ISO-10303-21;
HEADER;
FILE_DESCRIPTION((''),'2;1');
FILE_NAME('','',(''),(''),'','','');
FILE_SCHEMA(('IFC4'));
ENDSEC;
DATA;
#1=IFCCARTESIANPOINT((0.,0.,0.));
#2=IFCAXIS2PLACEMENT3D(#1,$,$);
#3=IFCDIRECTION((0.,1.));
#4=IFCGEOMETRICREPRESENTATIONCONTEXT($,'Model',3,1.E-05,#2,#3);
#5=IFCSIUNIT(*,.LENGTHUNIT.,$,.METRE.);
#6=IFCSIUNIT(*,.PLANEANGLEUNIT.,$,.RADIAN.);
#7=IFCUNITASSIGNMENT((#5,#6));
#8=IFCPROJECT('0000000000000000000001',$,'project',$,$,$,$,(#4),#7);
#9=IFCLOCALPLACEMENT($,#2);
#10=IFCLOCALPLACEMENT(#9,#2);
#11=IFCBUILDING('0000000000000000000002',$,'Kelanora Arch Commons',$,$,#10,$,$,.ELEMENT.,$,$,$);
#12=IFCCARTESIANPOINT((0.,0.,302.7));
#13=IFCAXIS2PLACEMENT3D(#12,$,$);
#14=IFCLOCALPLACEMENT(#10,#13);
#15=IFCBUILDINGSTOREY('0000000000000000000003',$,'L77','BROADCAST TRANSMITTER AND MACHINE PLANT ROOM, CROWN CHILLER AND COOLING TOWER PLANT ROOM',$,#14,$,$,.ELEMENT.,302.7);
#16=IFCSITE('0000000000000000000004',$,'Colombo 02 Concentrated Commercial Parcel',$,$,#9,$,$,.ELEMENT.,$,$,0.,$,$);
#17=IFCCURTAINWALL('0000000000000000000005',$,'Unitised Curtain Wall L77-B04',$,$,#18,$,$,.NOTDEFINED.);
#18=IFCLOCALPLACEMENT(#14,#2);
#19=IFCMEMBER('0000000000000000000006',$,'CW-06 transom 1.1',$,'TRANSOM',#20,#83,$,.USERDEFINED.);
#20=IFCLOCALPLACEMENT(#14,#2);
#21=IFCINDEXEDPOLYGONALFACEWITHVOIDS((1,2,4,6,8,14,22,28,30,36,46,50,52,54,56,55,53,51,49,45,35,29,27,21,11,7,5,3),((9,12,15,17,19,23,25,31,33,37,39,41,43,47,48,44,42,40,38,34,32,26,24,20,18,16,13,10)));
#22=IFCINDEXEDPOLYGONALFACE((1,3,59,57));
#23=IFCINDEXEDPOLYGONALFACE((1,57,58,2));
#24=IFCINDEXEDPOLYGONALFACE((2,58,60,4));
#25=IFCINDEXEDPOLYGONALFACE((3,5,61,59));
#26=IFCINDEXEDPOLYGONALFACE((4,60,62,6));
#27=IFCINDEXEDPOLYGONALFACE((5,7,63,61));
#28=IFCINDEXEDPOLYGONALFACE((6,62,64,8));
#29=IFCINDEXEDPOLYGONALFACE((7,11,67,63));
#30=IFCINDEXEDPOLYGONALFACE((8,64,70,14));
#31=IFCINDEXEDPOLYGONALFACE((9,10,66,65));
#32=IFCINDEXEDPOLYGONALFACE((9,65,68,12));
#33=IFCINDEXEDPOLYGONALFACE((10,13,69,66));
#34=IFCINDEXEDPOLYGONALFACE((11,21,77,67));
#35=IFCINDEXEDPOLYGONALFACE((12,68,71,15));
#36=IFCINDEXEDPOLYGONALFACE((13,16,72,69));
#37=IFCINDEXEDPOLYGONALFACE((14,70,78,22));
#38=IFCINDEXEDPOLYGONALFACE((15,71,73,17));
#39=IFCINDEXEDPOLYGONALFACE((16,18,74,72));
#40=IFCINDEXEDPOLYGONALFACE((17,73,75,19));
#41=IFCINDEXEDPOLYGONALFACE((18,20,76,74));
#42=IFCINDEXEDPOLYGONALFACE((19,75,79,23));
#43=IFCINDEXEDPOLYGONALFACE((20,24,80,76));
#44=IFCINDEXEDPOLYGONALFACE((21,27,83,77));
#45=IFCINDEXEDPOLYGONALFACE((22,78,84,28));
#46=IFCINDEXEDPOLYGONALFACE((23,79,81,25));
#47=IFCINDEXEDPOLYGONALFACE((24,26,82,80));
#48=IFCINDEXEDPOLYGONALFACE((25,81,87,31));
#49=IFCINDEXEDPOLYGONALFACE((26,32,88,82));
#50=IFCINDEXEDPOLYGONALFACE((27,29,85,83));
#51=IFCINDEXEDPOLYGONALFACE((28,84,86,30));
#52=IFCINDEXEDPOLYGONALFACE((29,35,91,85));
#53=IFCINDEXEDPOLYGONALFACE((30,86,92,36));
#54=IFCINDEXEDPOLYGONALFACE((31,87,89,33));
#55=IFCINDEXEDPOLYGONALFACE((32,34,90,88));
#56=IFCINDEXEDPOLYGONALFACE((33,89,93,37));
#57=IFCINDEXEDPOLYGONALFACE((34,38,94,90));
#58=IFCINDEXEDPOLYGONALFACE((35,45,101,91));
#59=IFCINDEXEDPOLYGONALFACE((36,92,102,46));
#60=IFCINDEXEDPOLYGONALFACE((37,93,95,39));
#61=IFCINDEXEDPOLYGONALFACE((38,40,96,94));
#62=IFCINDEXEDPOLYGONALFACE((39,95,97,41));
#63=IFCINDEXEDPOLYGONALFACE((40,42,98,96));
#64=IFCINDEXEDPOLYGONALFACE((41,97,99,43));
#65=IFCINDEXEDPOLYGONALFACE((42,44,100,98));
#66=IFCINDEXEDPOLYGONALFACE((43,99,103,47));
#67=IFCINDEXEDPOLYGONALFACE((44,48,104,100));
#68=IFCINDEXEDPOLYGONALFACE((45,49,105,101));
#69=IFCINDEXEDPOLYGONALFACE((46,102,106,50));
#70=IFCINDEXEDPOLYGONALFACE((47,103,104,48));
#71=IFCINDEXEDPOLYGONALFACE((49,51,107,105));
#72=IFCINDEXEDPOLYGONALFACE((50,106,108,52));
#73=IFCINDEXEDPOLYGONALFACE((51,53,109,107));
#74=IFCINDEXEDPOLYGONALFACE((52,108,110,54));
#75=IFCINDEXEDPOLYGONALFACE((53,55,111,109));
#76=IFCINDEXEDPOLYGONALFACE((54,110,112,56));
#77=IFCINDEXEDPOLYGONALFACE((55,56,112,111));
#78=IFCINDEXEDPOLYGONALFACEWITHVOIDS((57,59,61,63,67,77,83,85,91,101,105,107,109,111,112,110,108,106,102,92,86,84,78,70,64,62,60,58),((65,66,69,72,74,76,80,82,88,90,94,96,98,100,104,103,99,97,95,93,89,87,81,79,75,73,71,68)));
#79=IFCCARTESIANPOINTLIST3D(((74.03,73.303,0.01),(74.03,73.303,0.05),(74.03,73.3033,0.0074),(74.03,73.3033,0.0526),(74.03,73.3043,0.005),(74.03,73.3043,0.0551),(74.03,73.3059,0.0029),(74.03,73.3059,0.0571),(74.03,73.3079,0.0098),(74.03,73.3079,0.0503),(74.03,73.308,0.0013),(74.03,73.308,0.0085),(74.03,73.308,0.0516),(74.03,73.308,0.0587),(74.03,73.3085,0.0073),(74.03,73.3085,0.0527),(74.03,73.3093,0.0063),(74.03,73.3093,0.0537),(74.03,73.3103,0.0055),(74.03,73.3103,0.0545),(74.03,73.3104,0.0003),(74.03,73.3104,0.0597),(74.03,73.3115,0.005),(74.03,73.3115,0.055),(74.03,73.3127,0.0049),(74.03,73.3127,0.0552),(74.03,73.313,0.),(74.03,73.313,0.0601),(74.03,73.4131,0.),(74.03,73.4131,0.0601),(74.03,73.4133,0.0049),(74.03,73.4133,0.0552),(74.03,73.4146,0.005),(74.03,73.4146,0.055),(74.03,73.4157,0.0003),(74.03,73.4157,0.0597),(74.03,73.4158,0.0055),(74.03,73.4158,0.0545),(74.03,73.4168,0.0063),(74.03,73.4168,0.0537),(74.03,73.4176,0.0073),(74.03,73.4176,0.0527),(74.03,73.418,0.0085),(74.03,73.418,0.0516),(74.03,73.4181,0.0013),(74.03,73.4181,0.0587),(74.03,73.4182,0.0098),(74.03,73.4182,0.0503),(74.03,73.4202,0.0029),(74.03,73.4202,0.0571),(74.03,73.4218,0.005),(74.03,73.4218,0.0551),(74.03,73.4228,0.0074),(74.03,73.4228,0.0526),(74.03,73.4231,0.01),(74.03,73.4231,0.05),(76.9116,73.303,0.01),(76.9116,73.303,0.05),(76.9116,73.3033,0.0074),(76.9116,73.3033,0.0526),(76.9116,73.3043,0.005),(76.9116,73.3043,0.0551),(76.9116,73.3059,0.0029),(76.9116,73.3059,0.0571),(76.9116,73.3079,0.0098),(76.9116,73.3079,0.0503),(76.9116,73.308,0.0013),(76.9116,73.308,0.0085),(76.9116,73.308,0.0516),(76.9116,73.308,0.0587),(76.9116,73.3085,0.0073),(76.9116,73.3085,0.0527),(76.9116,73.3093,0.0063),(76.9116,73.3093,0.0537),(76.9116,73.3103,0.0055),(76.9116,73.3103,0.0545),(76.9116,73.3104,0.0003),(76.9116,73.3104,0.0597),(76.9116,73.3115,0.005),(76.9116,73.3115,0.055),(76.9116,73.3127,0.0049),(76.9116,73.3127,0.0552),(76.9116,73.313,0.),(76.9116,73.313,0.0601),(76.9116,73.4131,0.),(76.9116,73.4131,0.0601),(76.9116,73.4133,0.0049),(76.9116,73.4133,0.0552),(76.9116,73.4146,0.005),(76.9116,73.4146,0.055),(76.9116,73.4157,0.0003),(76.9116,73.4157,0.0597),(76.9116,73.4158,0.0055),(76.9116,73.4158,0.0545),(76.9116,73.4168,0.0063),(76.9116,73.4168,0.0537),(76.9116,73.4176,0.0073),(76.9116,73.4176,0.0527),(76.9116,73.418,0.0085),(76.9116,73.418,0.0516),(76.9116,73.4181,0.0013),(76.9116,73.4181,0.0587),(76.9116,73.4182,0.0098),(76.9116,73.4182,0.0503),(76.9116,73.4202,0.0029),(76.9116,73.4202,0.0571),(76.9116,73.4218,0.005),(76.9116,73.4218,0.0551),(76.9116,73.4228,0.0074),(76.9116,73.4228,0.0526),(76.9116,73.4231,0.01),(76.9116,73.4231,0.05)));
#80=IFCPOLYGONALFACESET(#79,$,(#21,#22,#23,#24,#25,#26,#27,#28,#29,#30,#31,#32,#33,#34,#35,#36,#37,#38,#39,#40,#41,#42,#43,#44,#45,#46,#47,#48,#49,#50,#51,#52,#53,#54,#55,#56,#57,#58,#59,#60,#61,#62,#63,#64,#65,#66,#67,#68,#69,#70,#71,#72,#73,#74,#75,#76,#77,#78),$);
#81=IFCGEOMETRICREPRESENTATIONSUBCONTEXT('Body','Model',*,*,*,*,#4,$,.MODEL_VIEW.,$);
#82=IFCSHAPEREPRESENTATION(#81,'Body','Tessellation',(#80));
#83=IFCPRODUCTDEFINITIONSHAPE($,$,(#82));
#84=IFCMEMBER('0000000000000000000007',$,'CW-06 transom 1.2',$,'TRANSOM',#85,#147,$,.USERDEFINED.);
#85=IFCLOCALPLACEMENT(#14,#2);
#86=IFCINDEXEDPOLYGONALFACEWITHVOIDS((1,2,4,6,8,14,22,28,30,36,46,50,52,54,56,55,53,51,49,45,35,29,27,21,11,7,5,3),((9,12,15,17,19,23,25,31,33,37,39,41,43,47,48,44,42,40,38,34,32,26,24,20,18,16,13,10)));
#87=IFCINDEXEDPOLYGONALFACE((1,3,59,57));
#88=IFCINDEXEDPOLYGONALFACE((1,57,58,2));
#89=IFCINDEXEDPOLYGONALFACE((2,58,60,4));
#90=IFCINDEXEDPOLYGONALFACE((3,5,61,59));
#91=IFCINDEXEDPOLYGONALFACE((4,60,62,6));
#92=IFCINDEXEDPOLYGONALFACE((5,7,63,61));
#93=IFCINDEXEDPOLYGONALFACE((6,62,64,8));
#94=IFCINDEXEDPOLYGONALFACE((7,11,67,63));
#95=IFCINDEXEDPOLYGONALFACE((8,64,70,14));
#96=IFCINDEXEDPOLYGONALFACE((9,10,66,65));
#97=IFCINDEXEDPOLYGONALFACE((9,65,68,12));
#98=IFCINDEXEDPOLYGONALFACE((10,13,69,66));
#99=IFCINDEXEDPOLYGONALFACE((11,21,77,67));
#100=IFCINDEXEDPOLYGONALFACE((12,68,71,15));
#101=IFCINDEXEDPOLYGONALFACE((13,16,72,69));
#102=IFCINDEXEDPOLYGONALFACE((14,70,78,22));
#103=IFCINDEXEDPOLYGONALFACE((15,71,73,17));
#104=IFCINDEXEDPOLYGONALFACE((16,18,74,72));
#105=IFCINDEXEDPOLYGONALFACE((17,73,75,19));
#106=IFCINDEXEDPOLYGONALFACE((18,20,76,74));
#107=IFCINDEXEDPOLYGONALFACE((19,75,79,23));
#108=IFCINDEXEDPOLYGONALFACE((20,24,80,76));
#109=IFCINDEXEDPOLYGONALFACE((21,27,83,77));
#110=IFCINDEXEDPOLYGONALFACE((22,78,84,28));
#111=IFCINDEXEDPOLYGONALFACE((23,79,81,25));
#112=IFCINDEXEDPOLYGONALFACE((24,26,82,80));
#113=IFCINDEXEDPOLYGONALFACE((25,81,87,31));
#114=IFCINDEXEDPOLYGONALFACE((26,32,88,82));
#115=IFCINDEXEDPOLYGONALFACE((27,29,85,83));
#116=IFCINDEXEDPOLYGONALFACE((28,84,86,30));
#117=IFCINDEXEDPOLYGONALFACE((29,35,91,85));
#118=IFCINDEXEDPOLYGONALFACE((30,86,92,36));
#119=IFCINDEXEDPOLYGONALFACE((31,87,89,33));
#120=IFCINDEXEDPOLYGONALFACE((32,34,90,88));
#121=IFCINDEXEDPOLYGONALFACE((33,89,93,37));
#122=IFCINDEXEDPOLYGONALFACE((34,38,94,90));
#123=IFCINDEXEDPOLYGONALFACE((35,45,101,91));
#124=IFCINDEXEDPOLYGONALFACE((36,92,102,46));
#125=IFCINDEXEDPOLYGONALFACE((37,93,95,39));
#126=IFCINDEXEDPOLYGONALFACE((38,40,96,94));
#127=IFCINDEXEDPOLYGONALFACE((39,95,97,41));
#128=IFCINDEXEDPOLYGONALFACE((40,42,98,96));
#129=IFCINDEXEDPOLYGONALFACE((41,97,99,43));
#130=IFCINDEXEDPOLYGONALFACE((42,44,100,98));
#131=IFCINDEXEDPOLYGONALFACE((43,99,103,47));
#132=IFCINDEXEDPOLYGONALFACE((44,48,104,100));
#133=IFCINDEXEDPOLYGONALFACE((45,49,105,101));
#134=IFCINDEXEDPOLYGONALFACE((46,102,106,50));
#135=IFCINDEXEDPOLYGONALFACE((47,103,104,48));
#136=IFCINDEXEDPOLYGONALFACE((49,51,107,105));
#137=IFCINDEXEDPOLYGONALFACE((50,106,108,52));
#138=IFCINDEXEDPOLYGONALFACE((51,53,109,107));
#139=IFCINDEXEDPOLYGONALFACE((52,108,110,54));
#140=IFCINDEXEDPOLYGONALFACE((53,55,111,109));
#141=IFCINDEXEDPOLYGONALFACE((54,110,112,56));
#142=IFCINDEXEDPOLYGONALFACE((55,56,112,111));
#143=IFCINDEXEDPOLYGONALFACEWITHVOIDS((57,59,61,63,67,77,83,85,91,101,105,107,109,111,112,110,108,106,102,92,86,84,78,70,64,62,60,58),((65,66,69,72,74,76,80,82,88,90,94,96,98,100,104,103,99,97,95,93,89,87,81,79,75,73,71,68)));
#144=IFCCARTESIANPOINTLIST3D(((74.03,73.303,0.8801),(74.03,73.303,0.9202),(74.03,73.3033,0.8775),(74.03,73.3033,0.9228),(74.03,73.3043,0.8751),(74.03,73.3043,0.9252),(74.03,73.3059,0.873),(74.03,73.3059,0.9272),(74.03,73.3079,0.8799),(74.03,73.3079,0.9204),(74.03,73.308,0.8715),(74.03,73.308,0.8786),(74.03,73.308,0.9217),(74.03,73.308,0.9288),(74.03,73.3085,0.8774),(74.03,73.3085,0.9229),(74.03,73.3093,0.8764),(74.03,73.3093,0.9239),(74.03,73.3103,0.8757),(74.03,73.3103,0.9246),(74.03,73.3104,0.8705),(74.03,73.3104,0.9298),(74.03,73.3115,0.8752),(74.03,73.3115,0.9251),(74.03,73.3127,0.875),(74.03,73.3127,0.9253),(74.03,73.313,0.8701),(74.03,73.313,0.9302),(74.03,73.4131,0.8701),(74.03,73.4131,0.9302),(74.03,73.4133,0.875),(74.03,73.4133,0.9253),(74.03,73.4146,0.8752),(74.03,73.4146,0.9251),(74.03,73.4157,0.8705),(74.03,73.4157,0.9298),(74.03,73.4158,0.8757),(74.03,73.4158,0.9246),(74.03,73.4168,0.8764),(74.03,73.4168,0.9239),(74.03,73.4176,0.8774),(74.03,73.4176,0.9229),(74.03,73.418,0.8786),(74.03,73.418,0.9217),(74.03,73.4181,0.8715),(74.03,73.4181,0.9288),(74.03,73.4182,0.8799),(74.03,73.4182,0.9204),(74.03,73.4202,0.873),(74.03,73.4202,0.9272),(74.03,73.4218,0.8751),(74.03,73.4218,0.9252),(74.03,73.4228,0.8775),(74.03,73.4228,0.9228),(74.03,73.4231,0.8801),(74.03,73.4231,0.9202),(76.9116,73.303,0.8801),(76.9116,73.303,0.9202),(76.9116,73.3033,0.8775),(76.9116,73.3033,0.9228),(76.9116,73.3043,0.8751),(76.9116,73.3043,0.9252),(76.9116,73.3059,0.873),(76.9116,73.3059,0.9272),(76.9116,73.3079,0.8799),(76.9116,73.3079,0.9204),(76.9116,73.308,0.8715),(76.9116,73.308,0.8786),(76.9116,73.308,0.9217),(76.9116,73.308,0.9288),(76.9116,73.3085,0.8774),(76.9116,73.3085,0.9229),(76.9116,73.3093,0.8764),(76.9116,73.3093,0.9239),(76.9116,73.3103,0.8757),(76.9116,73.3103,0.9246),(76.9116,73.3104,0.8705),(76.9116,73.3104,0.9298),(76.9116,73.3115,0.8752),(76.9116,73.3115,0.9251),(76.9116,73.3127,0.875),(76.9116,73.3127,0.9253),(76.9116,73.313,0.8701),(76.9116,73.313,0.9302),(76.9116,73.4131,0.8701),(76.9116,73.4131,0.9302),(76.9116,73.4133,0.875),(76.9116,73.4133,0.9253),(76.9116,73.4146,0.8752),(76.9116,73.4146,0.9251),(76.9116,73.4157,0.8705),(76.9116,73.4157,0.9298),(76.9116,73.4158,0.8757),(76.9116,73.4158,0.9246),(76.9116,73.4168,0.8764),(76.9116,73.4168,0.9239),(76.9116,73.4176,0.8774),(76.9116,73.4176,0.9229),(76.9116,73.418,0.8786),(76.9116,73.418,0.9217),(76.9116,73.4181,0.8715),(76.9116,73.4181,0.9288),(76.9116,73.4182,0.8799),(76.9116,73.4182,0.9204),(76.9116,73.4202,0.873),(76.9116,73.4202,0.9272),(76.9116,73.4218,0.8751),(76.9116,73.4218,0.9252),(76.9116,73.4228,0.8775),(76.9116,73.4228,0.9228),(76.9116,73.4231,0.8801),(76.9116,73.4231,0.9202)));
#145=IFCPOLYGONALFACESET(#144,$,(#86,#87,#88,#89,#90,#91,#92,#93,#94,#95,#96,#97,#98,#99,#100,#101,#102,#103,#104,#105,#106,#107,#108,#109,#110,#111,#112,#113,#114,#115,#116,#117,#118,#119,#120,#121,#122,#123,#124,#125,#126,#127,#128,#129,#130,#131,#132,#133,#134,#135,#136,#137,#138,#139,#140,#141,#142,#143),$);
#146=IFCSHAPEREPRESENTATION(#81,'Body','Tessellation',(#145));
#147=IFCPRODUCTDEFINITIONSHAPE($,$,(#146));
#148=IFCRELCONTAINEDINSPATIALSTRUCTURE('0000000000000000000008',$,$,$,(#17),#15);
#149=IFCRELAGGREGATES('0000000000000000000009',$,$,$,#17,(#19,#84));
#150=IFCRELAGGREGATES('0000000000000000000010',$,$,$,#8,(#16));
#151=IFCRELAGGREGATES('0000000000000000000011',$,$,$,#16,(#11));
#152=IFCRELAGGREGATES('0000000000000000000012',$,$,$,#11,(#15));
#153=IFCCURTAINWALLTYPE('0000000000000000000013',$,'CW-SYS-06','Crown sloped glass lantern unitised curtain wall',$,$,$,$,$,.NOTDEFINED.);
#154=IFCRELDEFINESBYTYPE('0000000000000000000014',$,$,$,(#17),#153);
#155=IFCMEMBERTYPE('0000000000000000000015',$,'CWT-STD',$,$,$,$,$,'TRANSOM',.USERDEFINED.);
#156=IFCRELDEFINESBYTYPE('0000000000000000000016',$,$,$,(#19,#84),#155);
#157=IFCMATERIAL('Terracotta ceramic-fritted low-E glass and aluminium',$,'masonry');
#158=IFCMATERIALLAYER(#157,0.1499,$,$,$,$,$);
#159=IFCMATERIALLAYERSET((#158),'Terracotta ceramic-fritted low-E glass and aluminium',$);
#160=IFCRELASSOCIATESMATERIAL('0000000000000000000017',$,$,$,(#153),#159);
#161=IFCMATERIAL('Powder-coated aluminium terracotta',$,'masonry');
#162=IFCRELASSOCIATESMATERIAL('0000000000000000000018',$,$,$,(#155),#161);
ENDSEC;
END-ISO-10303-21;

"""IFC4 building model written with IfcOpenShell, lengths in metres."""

from ifc_helpers import new_model, si_unit, direction, frame, origin, origin_2d, place, context, subcontext, project, spatial, hollow_rectangle, extrude, material, layer, layer_set, material_profile, profile_set, type_object, element, aggregate, save


model = new_model("IFC4")

# Units and contexts
model_context = context("Model", 3, precision=1e-05, world=origin(), true_north=direction((0.0, 1.0)))
body_context = subcontext(model_context, "Body", "Model", "MODEL_VIEW")
ifc_project = project(units=[si_unit("LENGTHUNIT", "METRE"), si_unit("PLANEANGLEUNIT", "RADIAN")], contexts=[model_context])

# Site, building, storey
site_placement = place(None, origin())
site = spatial("IfcSite", under=ifc_project, at=site_placement, Name="Colombo 02 Concentrated Commercial Parcel", CompositionType="ELEMENT", RefElevation=0.0)
building_placement = place(site_placement, origin())
building = spatial("IfcBuilding", under=site, at=building_placement, Name="Kelanora Arch Commons", CompositionType="ELEMENT")
storey_placement = place(building_placement, frame((0.0, 0.0, 302.7)))
storey = spatial("IfcBuildingStorey", under=building, at=storey_placement, Name="L77", Description="BROADCAST TRANSMITTER AND MACHINE PLANT ROOM, CROWN CHILLER AND COOLING TOWER PLANT ROOM", CompositionType="ELEMENT", Elevation=302.7)

# Shared definitions
ifc_material_1 = material(Name="Terracotta ceramic-fritted low-E glass and aluminium", Category="masonry")
ifc_layer_1 = layer(ifc_material_1, 0.1499)
ifc_layer_set_1 = layer_set([ifc_layer_1], Name="Terracotta ceramic-fritted low-E glass and aluminium")
curtain_wall_type = type_object("IfcCurtainWallType", Name="CW-SYS-06", Description="Crown sloped glass lantern unitised curtain wall", PredefinedType="NOTDEFINED", material=ifc_layer_set_1)
ifc_material_2 = material(Name="Powder-coated aluminium terracotta", Category="masonry")

# Curtain wall
curtain_wall_1_placement = place(storey_placement, origin())
curtain_wall_1 = element("IfcCurtainWall", 1, at=curtain_wall_1_placement, inside=storey, type_object=curtain_wall_type, Name="Unitised Curtain Wall L77-B04", PredefinedType="NOTDEFINED")

# Members
ifc_material_profile_1 = material_profile(ifc_material_2, hollow_rectangle(XDim=0.1201, YDim=0.0601, WallThickness=0.0049, InnerFilletRadius=0.0049, OuterFilletRadius=0.01, at=origin_2d()), Name="CWT120x60")
ifc_profile_set_1 = profile_set([ifc_material_profile_1], Name="Powder-coated aluminium terracotta")
member_type_1 = type_object("IfcMemberType", Name="CWT-STD", ElementType="TRANSOM", PredefinedType="USERDEFINED", material=ifc_profile_set_1)
member_1_placement = place(storey_placement, frame((76.9116, 73.363, 0.03), z_axis=(-1.0, 0.0, 0.0), x_axis=(0.0, -1.0, 0.0)))
member_1 = element("IfcMember", 2, at=member_1_placement, type_object=member_type_1, Name="CW-06 transom 1.1", ObjectType="TRANSOM", PredefinedType="USERDEFINED", context=body_context, shape_type="SweptSolid", body=[
    extrude(hollow_rectangle(XDim=0.1201, YDim=0.0601, WallThickness=0.0049, InnerFilletRadius=0.0049, OuterFilletRadius=0.01, at=origin_2d()), origin(), (0.0, 0.0, 1.0), 2.8816),
])
member_2_placement = place(storey_placement, frame((76.9116, 73.363, 0.9001), z_axis=(-1.0, 0.0, 0.0), x_axis=(0.0, -1.0, 0.0)))
member_2 = element("IfcMember", 3, at=member_2_placement, type_object=member_type_1, Name="CW-06 transom 1.2", ObjectType="TRANSOM", PredefinedType="USERDEFINED", context=body_context, shape_type="SweptSolid", body=[
    extrude(hollow_rectangle(XDim=0.1201, YDim=0.0601, WallThickness=0.0049, InnerFilletRadius=0.0049, OuterFilletRadius=0.01, at=origin_2d()), origin(), (0.0, 0.0, 1.0), 2.8816),
])

aggregate(curtain_wall_1, [member_1, member_2])

save(model, "model.ifc")
